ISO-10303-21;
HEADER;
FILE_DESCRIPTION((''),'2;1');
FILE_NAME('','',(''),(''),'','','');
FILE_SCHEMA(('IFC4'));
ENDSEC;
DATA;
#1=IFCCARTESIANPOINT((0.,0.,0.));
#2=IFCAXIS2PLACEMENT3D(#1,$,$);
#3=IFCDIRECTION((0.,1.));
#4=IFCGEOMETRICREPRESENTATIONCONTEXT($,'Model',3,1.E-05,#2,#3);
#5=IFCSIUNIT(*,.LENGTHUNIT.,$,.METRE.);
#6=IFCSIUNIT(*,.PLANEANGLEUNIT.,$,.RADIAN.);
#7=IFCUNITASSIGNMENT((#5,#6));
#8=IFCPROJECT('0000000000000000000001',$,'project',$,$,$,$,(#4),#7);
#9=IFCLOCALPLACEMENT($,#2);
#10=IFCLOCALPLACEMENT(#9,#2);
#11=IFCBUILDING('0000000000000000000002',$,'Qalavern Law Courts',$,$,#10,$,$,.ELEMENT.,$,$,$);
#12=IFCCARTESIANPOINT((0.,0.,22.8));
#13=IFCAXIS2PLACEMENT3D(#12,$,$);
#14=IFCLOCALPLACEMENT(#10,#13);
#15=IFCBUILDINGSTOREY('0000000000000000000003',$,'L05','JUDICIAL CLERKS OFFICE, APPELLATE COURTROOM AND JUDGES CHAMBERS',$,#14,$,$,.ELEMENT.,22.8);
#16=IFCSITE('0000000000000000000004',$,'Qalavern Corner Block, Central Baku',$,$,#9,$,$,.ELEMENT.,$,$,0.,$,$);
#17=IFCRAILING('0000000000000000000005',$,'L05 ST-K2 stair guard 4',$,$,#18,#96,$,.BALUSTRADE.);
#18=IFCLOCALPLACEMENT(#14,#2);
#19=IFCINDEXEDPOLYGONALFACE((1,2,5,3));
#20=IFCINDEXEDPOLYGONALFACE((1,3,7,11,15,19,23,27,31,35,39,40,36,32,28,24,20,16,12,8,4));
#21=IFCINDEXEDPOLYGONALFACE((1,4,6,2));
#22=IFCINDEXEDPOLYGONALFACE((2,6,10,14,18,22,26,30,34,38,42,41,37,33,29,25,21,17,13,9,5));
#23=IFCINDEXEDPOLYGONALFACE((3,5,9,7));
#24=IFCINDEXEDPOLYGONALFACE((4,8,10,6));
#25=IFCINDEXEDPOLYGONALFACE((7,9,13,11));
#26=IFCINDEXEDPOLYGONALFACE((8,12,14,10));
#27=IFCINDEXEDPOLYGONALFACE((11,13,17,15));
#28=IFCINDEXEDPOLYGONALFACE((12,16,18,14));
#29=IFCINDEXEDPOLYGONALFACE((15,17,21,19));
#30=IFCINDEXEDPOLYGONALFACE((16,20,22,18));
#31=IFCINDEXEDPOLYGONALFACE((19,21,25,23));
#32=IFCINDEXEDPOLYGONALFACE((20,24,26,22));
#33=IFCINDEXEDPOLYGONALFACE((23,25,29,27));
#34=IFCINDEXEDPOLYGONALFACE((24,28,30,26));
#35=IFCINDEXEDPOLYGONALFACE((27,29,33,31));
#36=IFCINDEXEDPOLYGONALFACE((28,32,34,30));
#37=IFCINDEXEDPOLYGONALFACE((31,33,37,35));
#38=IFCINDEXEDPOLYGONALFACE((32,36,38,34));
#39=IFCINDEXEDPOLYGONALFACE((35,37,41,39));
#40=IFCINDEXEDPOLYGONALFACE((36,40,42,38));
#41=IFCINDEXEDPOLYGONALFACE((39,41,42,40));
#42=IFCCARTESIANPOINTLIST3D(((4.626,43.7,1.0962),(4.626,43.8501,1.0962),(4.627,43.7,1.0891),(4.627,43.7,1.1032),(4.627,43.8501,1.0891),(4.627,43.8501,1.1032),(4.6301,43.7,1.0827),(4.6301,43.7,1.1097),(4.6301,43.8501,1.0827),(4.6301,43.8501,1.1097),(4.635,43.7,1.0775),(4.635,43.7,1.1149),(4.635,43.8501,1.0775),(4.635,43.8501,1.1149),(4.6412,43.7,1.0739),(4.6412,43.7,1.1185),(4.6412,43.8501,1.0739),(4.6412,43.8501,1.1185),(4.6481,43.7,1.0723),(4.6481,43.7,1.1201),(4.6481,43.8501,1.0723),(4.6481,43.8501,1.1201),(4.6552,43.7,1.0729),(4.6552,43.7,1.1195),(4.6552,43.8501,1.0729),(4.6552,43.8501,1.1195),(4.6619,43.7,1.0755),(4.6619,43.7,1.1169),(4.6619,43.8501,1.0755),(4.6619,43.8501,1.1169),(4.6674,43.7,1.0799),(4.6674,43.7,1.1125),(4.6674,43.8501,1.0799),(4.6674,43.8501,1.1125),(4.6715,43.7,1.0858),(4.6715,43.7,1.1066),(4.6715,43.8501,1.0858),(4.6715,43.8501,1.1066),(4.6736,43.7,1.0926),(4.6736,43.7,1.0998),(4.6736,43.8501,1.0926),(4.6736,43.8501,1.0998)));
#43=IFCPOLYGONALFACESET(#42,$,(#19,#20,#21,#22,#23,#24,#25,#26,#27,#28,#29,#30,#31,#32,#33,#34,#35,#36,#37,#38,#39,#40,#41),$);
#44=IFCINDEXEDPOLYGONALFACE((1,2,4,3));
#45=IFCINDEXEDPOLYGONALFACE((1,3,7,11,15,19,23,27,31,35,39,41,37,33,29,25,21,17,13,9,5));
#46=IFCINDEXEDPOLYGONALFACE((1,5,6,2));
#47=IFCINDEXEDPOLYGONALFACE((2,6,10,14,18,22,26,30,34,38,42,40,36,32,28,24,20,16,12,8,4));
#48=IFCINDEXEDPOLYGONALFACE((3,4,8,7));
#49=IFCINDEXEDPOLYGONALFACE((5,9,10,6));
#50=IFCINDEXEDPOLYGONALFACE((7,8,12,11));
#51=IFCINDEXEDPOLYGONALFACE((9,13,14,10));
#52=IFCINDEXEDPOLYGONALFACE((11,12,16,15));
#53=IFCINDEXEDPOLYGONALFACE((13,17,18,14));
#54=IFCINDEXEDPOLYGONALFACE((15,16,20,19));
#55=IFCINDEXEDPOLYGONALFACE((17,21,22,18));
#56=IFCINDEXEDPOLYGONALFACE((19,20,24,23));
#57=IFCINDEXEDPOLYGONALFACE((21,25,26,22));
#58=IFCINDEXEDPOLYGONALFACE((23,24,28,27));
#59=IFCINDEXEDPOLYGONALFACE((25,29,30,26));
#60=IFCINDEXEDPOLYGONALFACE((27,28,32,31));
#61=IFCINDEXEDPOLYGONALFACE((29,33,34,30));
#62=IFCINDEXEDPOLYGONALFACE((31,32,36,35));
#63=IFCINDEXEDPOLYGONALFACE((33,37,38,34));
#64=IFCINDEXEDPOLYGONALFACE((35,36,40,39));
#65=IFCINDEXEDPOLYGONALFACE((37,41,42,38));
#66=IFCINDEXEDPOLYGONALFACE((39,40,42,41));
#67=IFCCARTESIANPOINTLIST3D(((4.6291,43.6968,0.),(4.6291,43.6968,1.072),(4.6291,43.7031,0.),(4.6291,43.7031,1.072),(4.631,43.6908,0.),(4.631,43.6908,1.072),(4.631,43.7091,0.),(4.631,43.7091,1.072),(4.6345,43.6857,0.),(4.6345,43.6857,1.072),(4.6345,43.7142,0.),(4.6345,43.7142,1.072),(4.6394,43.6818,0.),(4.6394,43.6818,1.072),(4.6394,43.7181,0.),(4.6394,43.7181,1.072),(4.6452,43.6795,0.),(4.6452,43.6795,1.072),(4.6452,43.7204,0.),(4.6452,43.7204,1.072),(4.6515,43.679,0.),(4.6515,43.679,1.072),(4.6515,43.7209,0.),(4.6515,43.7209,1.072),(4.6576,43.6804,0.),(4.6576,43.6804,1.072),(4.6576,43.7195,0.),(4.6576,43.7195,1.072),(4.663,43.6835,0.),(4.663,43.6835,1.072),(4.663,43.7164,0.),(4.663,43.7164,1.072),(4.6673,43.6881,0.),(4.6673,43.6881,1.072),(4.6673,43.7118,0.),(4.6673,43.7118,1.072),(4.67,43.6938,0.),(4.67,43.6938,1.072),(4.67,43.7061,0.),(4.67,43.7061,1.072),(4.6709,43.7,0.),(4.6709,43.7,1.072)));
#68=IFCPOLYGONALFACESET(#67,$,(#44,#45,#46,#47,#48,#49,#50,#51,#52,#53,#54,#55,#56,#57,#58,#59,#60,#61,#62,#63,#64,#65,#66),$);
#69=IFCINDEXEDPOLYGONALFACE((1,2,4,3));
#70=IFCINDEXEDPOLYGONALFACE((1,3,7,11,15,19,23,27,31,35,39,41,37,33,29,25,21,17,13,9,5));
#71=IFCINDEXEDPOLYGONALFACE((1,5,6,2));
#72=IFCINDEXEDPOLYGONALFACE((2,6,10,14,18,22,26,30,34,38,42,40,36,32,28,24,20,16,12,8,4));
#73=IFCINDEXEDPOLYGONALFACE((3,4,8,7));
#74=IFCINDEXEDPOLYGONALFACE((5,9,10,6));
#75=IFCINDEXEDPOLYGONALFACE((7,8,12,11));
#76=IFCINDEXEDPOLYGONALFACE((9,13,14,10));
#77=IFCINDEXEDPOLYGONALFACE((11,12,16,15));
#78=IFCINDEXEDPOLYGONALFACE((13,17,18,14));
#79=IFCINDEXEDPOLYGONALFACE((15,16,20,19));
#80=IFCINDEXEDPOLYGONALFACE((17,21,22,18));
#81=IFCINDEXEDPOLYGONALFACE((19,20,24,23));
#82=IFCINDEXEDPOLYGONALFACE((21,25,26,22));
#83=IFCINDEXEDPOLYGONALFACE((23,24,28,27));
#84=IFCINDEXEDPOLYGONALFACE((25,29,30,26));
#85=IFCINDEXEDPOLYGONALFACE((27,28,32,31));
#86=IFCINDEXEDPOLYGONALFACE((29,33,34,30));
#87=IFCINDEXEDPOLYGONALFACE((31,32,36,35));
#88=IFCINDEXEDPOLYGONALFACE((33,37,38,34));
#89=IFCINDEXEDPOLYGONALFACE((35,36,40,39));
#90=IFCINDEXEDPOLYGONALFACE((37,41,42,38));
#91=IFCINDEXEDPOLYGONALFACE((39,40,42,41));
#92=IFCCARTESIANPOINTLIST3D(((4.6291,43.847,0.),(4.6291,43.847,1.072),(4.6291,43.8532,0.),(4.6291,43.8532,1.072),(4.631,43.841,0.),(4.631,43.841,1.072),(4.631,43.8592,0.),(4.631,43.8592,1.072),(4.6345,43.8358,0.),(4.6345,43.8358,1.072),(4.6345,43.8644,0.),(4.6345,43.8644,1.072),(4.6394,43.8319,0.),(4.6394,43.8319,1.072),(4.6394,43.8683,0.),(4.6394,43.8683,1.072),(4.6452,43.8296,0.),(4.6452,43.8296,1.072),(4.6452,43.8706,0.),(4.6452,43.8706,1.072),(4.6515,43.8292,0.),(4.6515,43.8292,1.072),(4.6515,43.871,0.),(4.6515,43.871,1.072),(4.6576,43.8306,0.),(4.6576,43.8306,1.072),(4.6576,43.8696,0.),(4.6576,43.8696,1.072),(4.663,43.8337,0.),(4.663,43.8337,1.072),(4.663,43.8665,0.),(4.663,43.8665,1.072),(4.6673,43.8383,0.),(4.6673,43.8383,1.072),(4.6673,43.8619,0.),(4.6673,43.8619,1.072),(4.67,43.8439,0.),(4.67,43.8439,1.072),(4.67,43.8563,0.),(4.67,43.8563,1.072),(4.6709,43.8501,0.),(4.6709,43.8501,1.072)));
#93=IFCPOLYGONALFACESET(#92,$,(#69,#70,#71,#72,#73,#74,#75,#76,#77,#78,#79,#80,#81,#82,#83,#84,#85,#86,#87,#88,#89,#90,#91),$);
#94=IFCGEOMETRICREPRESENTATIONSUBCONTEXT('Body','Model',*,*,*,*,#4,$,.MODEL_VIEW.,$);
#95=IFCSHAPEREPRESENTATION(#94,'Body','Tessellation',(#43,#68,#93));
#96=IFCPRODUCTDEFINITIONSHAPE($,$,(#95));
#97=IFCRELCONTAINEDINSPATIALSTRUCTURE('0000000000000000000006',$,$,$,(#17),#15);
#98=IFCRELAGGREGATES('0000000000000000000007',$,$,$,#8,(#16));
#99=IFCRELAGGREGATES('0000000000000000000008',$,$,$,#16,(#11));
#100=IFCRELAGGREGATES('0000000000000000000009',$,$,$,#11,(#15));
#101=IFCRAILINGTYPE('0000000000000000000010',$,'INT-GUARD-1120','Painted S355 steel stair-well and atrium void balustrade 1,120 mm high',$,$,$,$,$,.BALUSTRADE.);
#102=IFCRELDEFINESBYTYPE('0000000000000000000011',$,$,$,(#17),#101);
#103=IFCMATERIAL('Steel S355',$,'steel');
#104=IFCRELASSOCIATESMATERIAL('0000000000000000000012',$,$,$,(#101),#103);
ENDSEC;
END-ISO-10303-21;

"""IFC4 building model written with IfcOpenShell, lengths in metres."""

from ifc_helpers import new_model, si_unit, direction, frame, origin, origin_2d, place, context, subcontext, project, spatial, circle, extrude, material, type_object, element, save


model = new_model("IFC4")

# Units and contexts
model_context = context("Model", 3, precision=1e-05, world=origin(), true_north=direction((0.0, 1.0)))
body_context = subcontext(model_context, "Body", "Model", "MODEL_VIEW")
ifc_project = project(units=[si_unit("LENGTHUNIT", "METRE"), si_unit("PLANEANGLEUNIT", "RADIAN")], contexts=[model_context])

# Site, building, storey
site_placement = place(None, origin())
site = spatial("IfcSite", under=ifc_project, at=site_placement, Name="Qalavern Corner Block, Central Baku", CompositionType="ELEMENT", RefElevation=0.0)
building_placement = place(site_placement, origin())
building = spatial("IfcBuilding", under=site, at=building_placement, Name="Qalavern Law Courts", CompositionType="ELEMENT")
storey_placement = place(building_placement, frame((0.0, 0.0, 22.8)))
storey = spatial("IfcBuildingStorey", under=building, at=storey_placement, Name="L05", Description="JUDICIAL CLERKS OFFICE, APPELLATE COURTROOM AND JUDGES CHAMBERS", CompositionType="ELEMENT", Elevation=22.8)

# Shared definitions
ifc_material_1 = material(Name="Steel S355", Category="steel")

# Railing
railing_type_1 = type_object("IfcRailingType", Name="INT-GUARD-1120", Description="Painted S355 steel stair-well and atrium void balustrade 1,120 mm high", PredefinedType="BALUSTRADE", material=ifc_material_1)
railing_1_placement = place(storey_placement, frame((4.6499, 43.7, 0.0)))
element("IfcRailing", 1, at=railing_1_placement, inside=storey, type_object=railing_type_1, Name="L05 ST-K2 stair guard 4", PredefinedType="BALUSTRADE", context=body_context, shape_type="SweptSolid", body=[
    extrude(circle(Radius=0.0239, at=origin_2d()), frame((0.0, 0.0, 1.0962), z_axis=(0.0, 1.0, 0.0), x_axis=(-1.0, 0.0, 0.0)), (0.0, 0.0, 1.0), 0.1501),
    extrude(circle(Radius=0.021, at=origin_2d()), origin(), (0.0, 0.0, 1.0), 1.072),
    extrude(circle(Radius=0.021, at=origin_2d()), frame((0.0, 0.1501, 0.0)), (0.0, 0.0, 1.0), 1.072),
])

save(model, "model.ifc")
